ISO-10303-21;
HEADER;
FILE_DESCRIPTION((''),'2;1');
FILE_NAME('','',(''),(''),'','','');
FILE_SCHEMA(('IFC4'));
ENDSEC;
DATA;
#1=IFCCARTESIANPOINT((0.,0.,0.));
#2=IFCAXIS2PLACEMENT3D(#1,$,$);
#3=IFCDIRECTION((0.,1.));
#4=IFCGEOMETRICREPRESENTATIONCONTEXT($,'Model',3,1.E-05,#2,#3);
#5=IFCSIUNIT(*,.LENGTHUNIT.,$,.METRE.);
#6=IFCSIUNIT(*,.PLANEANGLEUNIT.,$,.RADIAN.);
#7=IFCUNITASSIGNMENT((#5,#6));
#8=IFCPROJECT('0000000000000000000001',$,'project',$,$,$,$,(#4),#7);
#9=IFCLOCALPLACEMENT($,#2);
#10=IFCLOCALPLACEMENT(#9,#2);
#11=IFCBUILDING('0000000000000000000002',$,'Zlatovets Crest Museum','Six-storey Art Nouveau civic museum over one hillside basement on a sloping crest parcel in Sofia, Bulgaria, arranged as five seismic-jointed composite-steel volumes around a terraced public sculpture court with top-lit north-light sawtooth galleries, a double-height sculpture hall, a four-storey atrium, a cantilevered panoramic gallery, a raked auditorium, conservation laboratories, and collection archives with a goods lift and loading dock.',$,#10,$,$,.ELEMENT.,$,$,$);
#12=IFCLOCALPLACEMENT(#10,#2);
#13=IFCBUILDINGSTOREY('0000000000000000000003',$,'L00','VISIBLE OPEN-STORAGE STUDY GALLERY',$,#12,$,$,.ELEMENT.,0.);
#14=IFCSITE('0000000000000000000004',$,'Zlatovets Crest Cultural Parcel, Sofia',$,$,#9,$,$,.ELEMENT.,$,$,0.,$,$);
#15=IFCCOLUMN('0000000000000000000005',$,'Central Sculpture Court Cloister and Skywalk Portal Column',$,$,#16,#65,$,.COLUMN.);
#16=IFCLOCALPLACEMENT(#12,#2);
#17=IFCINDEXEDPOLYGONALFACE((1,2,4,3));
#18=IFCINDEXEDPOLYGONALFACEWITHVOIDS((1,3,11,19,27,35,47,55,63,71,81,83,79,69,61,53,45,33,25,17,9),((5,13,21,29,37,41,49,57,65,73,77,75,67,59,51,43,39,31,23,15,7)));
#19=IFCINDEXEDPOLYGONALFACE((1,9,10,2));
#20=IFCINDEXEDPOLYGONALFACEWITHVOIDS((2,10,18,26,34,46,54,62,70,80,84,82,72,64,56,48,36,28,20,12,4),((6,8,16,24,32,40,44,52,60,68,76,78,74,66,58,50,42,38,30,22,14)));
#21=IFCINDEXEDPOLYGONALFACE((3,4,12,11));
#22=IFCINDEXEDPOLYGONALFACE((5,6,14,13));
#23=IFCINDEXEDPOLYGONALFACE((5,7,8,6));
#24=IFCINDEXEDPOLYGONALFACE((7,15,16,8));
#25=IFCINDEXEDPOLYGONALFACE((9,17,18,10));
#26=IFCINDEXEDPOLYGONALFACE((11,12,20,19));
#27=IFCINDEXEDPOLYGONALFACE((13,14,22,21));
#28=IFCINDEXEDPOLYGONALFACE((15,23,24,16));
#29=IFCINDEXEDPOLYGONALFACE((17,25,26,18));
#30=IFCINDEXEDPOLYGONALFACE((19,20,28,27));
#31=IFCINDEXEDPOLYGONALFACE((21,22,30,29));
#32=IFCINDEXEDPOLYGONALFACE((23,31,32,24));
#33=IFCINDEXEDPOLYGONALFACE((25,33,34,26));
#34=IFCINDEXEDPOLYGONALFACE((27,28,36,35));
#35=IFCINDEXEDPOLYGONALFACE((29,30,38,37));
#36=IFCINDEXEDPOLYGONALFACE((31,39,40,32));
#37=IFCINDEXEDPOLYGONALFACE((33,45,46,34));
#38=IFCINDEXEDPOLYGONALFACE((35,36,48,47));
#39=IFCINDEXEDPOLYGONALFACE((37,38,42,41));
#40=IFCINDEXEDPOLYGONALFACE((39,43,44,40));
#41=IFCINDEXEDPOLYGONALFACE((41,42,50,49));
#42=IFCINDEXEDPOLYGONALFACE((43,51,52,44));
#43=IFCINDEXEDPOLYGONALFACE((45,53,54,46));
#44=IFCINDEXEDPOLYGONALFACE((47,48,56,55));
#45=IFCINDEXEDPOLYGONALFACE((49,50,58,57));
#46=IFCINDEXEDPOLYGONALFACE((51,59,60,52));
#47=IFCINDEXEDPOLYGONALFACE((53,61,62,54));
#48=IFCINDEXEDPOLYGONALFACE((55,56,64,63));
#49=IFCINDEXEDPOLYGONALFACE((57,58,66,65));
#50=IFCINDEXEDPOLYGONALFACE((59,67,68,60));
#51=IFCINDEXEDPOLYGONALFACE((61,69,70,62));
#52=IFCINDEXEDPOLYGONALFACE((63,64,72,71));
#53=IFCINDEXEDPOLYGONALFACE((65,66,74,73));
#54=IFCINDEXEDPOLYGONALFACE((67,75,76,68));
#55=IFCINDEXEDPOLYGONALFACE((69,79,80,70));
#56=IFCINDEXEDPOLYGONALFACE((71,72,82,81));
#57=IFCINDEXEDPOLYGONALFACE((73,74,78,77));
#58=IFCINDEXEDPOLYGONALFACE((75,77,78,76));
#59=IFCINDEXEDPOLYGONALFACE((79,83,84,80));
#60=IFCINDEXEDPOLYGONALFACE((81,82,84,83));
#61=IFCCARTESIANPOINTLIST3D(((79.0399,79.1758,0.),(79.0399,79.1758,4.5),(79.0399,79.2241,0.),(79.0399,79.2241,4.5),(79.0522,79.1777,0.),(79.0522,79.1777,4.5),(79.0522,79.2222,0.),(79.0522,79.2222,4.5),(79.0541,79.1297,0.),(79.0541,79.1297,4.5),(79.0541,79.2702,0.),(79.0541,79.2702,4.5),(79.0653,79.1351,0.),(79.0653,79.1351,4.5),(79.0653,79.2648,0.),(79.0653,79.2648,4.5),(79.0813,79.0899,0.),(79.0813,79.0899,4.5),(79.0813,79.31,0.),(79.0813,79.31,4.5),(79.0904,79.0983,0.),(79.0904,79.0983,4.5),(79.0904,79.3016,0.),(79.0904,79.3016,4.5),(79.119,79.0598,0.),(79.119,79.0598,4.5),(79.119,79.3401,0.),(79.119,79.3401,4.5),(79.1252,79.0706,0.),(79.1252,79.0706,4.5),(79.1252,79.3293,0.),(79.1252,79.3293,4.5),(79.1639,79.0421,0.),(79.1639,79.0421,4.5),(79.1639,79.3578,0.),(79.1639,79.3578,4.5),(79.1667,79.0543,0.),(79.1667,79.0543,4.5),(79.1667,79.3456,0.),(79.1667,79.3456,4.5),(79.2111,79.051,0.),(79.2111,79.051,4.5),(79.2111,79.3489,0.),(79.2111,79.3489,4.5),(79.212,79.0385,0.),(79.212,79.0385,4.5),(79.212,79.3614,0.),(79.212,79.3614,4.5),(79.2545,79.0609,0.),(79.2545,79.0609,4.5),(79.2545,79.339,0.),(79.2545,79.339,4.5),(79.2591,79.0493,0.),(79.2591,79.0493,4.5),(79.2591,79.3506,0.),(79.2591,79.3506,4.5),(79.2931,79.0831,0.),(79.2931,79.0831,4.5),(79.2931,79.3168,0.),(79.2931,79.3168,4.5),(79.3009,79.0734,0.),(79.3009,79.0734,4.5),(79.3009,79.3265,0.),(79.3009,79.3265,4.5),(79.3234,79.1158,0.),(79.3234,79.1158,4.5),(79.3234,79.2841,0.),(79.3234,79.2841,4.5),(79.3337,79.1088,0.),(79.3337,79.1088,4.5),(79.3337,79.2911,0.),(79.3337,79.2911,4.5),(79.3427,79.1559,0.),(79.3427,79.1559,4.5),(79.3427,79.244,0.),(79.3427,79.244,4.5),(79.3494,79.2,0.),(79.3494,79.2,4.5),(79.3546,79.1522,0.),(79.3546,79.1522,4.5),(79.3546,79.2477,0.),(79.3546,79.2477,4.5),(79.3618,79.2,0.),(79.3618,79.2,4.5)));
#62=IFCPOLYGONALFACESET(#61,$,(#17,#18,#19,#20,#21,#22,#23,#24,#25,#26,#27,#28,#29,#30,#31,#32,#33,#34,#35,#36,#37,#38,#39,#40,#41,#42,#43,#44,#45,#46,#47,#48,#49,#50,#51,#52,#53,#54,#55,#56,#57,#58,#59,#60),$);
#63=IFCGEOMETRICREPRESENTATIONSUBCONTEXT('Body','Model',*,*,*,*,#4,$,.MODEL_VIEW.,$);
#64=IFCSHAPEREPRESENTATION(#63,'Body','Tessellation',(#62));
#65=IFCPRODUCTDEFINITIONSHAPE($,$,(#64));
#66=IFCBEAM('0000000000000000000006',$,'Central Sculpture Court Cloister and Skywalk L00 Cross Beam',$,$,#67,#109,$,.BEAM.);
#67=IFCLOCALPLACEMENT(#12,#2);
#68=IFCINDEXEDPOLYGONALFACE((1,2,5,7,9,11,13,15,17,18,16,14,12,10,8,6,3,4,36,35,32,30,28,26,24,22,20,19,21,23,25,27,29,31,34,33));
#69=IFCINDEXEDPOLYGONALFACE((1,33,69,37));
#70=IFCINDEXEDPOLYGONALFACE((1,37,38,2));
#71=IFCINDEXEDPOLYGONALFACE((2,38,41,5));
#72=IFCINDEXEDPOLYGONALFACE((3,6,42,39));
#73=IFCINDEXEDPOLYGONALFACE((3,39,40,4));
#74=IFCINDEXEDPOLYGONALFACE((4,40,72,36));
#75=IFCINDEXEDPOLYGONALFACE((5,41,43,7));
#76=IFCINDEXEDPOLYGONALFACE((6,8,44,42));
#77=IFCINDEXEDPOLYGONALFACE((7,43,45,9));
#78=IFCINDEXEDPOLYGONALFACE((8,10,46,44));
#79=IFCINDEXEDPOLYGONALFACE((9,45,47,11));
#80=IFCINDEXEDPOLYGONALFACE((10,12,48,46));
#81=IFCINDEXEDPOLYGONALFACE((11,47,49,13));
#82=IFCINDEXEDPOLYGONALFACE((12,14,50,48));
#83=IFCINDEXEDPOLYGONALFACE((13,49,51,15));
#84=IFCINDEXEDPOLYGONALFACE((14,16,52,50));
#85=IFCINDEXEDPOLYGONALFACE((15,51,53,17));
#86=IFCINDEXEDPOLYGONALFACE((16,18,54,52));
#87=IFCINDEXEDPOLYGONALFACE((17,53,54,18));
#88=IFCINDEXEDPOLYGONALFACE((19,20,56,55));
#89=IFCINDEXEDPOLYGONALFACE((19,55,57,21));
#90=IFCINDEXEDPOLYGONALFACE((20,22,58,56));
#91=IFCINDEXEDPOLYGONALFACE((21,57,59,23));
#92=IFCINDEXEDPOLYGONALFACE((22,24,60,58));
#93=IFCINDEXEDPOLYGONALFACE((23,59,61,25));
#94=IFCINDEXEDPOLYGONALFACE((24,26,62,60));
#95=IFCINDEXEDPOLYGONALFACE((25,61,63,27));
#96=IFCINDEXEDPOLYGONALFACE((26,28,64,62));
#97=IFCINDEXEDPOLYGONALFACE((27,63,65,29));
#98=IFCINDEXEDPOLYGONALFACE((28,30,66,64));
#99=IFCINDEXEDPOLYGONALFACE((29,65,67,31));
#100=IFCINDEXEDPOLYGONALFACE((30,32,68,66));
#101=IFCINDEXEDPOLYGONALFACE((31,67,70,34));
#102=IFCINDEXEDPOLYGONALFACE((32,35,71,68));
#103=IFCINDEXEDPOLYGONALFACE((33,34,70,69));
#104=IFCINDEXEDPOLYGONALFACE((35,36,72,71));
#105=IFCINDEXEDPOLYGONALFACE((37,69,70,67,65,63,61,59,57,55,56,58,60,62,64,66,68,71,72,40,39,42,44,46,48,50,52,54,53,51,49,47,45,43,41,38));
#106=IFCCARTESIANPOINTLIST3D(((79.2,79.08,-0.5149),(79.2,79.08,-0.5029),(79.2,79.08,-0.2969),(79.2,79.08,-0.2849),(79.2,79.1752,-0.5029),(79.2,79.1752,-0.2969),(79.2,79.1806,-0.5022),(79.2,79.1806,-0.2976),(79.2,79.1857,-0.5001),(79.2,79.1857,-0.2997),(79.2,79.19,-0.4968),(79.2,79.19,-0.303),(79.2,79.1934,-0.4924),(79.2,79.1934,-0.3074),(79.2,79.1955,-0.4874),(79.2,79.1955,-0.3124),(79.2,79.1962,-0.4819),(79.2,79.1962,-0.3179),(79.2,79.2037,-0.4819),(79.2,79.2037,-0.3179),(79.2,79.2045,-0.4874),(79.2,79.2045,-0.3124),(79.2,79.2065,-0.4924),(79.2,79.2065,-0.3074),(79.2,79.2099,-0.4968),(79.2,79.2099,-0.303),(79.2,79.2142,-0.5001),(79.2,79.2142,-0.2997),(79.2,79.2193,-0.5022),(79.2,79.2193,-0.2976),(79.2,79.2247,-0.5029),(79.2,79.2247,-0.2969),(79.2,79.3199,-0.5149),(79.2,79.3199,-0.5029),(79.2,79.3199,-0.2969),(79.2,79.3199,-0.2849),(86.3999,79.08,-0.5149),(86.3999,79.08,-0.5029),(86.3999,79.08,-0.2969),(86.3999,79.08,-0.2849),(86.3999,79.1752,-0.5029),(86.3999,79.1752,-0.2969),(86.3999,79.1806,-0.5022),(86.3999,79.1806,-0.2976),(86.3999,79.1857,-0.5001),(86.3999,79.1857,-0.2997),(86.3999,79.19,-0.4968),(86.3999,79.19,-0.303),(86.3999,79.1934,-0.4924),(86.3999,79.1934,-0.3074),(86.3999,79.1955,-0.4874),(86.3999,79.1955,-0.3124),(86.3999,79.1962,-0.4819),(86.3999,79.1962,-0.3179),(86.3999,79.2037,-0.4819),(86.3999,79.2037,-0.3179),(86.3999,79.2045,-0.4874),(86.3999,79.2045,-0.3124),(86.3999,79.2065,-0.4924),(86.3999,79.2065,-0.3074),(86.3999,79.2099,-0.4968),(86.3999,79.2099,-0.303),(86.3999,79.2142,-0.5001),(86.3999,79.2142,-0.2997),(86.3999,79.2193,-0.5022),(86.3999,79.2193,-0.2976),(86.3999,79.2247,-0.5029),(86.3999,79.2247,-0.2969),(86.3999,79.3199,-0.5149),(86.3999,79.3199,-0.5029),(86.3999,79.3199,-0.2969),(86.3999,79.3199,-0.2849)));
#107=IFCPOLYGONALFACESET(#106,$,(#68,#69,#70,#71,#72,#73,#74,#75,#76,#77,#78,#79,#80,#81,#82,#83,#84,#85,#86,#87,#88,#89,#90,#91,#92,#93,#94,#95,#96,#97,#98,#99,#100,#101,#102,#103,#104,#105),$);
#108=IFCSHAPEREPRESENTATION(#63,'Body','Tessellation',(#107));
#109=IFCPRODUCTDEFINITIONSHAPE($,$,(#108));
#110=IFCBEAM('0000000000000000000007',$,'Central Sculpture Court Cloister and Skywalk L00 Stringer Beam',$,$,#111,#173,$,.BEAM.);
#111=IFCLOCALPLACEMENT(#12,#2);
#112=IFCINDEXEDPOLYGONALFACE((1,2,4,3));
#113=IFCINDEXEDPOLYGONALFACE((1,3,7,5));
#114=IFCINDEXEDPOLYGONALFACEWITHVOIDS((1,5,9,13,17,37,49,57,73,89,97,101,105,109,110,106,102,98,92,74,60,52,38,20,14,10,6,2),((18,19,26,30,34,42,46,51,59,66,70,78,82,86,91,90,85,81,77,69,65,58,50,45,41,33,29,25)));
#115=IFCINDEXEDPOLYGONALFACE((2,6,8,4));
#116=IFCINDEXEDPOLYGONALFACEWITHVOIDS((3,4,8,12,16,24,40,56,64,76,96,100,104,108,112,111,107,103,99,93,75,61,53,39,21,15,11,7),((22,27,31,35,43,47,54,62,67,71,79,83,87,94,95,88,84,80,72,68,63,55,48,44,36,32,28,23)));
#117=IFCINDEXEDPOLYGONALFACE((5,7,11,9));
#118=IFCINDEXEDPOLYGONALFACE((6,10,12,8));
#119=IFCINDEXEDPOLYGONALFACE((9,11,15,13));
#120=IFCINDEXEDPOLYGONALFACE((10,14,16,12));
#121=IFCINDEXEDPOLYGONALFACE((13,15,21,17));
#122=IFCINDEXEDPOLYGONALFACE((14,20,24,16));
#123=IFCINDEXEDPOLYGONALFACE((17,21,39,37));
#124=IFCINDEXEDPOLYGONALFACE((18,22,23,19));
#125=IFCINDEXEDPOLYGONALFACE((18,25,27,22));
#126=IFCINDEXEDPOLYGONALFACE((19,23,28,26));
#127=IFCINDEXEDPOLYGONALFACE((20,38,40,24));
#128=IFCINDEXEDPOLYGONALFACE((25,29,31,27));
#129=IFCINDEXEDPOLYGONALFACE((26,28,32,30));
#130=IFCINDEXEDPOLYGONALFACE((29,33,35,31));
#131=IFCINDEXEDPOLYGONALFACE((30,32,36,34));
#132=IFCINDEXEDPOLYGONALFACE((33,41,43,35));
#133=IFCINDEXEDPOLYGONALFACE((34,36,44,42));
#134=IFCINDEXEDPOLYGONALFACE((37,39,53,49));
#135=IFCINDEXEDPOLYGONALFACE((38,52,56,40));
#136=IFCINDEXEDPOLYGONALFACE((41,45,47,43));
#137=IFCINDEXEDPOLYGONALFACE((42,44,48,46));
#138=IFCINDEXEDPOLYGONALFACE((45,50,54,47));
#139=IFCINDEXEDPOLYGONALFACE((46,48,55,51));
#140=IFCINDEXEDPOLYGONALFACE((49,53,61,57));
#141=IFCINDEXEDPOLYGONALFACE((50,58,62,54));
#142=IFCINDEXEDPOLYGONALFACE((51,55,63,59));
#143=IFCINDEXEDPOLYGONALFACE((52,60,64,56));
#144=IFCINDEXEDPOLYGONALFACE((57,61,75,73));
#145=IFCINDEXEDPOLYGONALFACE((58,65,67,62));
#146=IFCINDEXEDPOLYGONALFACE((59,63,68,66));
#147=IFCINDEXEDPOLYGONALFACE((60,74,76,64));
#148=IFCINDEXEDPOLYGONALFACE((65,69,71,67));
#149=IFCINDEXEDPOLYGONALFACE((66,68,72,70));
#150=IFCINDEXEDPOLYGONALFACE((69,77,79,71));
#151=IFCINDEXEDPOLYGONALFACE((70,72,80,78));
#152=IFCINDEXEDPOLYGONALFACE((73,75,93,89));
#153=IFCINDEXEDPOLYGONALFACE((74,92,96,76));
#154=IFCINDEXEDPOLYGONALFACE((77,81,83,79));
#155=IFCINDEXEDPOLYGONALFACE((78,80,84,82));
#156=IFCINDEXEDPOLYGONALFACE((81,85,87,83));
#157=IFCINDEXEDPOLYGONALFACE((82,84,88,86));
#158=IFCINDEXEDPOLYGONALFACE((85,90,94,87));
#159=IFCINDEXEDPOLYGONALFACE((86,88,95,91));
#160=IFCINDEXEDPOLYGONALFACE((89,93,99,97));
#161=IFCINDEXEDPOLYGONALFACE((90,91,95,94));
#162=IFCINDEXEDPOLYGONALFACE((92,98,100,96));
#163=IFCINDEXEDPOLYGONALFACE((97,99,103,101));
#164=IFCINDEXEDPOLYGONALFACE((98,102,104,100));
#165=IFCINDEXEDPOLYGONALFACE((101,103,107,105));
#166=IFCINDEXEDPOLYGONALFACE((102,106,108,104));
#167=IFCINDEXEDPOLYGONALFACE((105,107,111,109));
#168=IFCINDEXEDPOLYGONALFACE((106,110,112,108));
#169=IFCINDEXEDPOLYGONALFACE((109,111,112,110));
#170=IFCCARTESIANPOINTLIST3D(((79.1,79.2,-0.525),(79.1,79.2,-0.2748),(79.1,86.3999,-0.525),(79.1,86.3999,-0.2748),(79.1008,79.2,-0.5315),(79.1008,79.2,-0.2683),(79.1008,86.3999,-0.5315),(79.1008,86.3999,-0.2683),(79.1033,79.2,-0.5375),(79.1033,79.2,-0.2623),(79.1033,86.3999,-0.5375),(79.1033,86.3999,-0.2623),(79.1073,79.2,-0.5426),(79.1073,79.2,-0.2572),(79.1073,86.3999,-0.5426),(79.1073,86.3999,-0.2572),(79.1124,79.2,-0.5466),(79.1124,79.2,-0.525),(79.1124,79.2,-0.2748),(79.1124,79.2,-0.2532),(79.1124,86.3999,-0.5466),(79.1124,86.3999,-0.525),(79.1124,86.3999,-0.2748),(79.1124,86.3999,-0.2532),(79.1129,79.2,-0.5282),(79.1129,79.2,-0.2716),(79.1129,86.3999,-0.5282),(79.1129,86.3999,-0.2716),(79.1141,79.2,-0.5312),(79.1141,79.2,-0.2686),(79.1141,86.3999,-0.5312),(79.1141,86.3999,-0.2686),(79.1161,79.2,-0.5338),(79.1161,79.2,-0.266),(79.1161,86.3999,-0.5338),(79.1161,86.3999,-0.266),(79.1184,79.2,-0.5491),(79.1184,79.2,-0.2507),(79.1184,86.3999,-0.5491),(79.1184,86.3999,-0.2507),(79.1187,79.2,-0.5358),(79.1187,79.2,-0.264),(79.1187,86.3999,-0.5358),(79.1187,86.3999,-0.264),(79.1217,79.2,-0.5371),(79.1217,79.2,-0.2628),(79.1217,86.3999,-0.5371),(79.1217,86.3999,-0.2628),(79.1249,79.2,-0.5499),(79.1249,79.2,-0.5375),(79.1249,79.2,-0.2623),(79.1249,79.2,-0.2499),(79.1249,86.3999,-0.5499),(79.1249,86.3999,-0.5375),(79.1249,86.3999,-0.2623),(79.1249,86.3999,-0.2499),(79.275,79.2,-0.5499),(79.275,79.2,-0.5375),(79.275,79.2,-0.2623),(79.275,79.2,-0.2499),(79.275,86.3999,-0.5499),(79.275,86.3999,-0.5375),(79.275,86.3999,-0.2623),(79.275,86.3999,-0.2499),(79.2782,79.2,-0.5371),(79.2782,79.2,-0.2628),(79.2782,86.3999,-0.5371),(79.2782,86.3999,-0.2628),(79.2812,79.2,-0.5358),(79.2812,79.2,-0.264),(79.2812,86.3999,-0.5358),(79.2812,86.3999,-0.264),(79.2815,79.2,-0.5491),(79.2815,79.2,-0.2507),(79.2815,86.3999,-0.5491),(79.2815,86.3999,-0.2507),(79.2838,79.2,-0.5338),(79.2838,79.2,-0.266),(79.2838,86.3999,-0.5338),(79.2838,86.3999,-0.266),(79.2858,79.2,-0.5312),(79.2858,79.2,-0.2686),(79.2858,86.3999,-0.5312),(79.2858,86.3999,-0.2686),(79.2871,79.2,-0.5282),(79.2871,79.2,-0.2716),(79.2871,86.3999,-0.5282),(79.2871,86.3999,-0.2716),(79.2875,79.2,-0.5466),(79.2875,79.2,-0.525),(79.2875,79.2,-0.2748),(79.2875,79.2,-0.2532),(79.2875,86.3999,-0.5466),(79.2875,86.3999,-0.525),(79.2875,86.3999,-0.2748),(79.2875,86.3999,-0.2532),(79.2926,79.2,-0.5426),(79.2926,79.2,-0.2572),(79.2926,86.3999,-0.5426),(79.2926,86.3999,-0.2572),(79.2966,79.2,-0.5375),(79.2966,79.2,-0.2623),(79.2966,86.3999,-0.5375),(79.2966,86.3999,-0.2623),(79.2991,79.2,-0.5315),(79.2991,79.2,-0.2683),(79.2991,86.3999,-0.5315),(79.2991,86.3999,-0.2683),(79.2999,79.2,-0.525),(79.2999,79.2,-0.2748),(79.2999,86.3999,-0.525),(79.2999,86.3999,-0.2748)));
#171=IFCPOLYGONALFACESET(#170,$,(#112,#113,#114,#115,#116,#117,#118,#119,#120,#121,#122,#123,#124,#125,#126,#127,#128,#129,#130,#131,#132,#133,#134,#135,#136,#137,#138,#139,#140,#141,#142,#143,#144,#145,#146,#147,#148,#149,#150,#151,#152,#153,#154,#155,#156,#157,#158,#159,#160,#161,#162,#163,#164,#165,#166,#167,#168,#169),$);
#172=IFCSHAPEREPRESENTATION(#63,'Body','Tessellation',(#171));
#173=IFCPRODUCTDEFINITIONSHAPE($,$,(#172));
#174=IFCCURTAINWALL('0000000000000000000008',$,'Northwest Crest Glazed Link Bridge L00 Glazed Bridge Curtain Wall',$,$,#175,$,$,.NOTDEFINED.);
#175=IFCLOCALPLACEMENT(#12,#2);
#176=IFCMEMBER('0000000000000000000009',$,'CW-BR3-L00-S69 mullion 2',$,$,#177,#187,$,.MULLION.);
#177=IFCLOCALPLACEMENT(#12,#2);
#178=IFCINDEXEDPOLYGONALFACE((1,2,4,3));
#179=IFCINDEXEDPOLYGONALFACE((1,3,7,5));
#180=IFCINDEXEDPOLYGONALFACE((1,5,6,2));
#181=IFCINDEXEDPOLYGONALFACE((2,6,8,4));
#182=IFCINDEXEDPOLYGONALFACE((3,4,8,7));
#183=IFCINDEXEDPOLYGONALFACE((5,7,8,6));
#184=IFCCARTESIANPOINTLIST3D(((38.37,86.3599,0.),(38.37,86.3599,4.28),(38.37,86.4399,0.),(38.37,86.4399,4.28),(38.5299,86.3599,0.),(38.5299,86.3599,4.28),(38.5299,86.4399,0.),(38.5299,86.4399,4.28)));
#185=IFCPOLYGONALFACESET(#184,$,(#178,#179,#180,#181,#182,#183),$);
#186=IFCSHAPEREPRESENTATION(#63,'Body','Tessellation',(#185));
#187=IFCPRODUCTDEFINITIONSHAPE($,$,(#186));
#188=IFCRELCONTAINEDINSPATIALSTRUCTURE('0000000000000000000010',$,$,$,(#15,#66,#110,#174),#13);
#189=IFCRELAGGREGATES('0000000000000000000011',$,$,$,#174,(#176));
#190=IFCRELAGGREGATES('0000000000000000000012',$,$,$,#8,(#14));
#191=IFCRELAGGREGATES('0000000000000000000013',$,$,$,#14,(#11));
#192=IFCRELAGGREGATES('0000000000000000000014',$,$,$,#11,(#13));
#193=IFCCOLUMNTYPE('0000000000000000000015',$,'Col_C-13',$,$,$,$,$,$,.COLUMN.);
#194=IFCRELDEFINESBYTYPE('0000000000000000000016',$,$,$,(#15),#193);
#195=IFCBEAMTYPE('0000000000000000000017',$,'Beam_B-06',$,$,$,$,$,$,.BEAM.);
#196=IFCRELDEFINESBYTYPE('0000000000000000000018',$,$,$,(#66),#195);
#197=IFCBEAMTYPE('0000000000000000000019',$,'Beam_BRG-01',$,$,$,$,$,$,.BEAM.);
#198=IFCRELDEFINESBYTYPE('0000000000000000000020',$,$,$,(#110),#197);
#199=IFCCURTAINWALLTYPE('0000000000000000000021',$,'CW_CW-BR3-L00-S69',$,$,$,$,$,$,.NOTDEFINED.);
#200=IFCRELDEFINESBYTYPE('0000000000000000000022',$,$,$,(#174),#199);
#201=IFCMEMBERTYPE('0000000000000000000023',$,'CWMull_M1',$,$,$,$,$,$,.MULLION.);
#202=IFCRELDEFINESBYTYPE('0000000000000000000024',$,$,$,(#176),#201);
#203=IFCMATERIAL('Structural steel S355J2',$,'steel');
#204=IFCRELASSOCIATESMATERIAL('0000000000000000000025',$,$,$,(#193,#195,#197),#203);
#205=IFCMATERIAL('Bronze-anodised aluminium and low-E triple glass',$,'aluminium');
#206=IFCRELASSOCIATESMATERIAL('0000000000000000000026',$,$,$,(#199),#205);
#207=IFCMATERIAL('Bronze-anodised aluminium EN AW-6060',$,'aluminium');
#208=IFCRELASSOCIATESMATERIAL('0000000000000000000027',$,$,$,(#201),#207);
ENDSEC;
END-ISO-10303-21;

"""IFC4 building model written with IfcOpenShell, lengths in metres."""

from ifc_helpers import new_model, si_unit, direction, frame, origin, origin_2d, place, context, subcontext, project, spatial, rectangle, hollow_rectangle, hollow_circle, i_section, extrude, material, material_profile, profile_set, type_object, element, aggregate, save


model = new_model("IFC4")

# Units and contexts
model_context = context("Model", 3, precision=1e-05, world=origin(), true_north=direction((0.0, 1.0)))
body_context = subcontext(model_context, "Body", "Model", "MODEL_VIEW")
ifc_project = project(units=[si_unit("LENGTHUNIT", "METRE"), si_unit("PLANEANGLEUNIT", "RADIAN")], contexts=[model_context])

# Site, building, storey
site_placement = place(None, origin())
site = spatial("IfcSite", under=ifc_project, at=site_placement, Name="Zlatovets Crest Cultural Parcel, Sofia", CompositionType="ELEMENT", RefElevation=0.0)
building_placement = place(site_placement, origin())
building = spatial("IfcBuilding", under=site, at=building_placement, Name="Zlatovets Crest Museum", Description="Six-storey Art Nouveau civic museum over one hillside basement on a sloping crest parcel in Sofia, Bulgaria, arranged as five seismic-jointed composite-steel volumes around a terraced public sculpture court with top-lit north-light sawtooth galleries, a double-height sculpture hall, a four-storey atrium, a cantilevered panoramic gallery, a raked auditorium, conservation laboratories, and collection archives with a goods lift and loading dock.", CompositionType="ELEMENT")
storey_placement = place(building_placement, origin())
storey = spatial("IfcBuildingStorey", under=building, at=storey_placement, Name="L00", Description="VISIBLE OPEN-STORAGE STUDY GALLERY", CompositionType="ELEMENT", Elevation=0.0)

# Column
ifc_material_1 = material(Name="Structural steel S355J2", Category="steel")
ifc_material_profile_1 = material_profile(ifc_material_1, hollow_circle(Radius=0.1619, WallThickness=0.0125, at=origin_2d()), Name="CHS 323.9x12.5")
ifc_profile_set_1 = profile_set([ifc_material_profile_1], Name="Structural steel S355J2")
column_type = type_object("IfcColumnType", Name="Col_C-13", PredefinedType="COLUMN", material=ifc_profile_set_1)
column_placement = place(storey_placement, frame((79.2, 79.2, 0.0), z_axis=(0.0, 0.0, 1.0), x_axis=(1.0, 0.0, 0.0)))
element("IfcColumn", 1, at=column_placement, inside=storey, type_object=column_type, Name="Central Sculpture Court Cloister and Skywalk Portal Column", PredefinedType="COLUMN", context=body_context, shape_type="SweptSolid", body=[
    extrude(hollow_circle(Radius=0.1619, WallThickness=0.0125, at=origin_2d()), origin(), (0.0, 0.0, 1.0), 4.5),
])

# Beams
ifc_material_profile_2 = material_profile(ifc_material_1, i_section(OverallWidth=0.24, OverallDepth=0.23, WebThickness=0.0076, FlangeThickness=0.012, FilletRadius=0.021, at=origin_2d()), Name="HEA 240")
ifc_profile_set_2 = profile_set([ifc_material_profile_2], Name="Structural steel S355J2")
beam_type_1 = type_object("IfcBeamType", Name="Beam_B-06", PredefinedType="BEAM", material=ifc_profile_set_2)
beam_1_placement = place(storey_placement, frame((79.2, 79.2, -0.3999), z_axis=(1.0, 0.0, 0.0), x_axis=(0.0, 1.0, 0.0)))
element("IfcBeam", 2, at=beam_1_placement, inside=storey, type_object=beam_type_1, Name="Central Sculpture Court Cloister and Skywalk L00 Cross Beam", PredefinedType="BEAM", context=body_context, shape_type="SweptSolid", body=[
    extrude(i_section(OverallWidth=0.24, OverallDepth=0.23, WebThickness=0.0076, FlangeThickness=0.012, FilletRadius=0.021, at=origin_2d()), origin(), (0.0, 0.0, 1.0), 7.2),
])
ifc_material_profile_3 = material_profile(ifc_material_1, hollow_rectangle(XDim=0.2, YDim=0.3, WallThickness=0.0125, InnerFilletRadius=0.0125, OuterFilletRadius=0.0249, at=origin_2d()), Name="RHS 200x300x12.5")
ifc_profile_set_3 = profile_set([ifc_material_profile_3], Name="Structural steel S355J2")
beam_type_2 = type_object("IfcBeamType", Name="Beam_BRG-01", PredefinedType="BEAM", material=ifc_profile_set_3)
beam_2_placement = place(storey_placement, frame((79.2, 79.2, -0.3999), z_axis=(0.0, 1.0, 0.0), x_axis=(-1.0, 0.0, 0.0)))
element("IfcBeam", 3, at=beam_2_placement, inside=storey, type_object=beam_type_2, Name="Central Sculpture Court Cloister and Skywalk L00 Stringer Beam", PredefinedType="BEAM", context=body_context, shape_type="SweptSolid", body=[
    extrude(hollow_rectangle(XDim=0.2, YDim=0.3, WallThickness=0.0125, InnerFilletRadius=0.0125, OuterFilletRadius=0.0249, at=origin_2d()), origin(), (0.0, 0.0, 1.0), 7.2),
])

# Curtain wall, member
ifc_material_2 = material(Name="Bronze-anodised aluminium and low-E triple glass", Category="aluminium")
curtain_wall_type = type_object("IfcCurtainWallType", Name="CW_CW-BR3-L00-S69", PredefinedType="NOTDEFINED", material=ifc_material_2)
curtain_wall_placement = place(storey_placement, origin())
curtain_wall = element("IfcCurtainWall", 4, at=curtain_wall_placement, inside=storey, type_object=curtain_wall_type, Name="Northwest Crest Glazed Link Bridge L00 Glazed Bridge Curtain Wall", PredefinedType="NOTDEFINED")
ifc_material_3 = material(Name="Bronze-anodised aluminium EN AW-6060", Category="aluminium")
ifc_material_profile_4 = material_profile(ifc_material_3, rectangle(XDim=0.0801, YDim=0.1599, at=origin_2d()), Name="ALU 80x160")
ifc_profile_set_4 = profile_set([ifc_material_profile_4], Name="Bronze-anodised aluminium EN AW-6060")
member_type_1 = type_object("IfcMemberType", Name="CWMull_M1", PredefinedType="MULLION", material=ifc_profile_set_4)
member_1_placement = place(storey_placement, frame((38.45, 86.3999, 0.0), z_axis=(0.0, 0.0, 1.0), x_axis=(0.0, 1.0, 0.0)))
member_1 = element("IfcMember", 5, at=member_1_placement, type_object=member_type_1, Name="CW-BR3-L00-S69 mullion 2", PredefinedType="MULLION", context=body_context, shape_type="SweptSolid", body=[
    extrude(rectangle(XDim=0.0801, YDim=0.1599, at=origin_2d()), origin(), (0.0, 0.0, 1.0), 4.28),
])
aggregate(curtain_wall, [member_1])

save(model, "model.ifc")
